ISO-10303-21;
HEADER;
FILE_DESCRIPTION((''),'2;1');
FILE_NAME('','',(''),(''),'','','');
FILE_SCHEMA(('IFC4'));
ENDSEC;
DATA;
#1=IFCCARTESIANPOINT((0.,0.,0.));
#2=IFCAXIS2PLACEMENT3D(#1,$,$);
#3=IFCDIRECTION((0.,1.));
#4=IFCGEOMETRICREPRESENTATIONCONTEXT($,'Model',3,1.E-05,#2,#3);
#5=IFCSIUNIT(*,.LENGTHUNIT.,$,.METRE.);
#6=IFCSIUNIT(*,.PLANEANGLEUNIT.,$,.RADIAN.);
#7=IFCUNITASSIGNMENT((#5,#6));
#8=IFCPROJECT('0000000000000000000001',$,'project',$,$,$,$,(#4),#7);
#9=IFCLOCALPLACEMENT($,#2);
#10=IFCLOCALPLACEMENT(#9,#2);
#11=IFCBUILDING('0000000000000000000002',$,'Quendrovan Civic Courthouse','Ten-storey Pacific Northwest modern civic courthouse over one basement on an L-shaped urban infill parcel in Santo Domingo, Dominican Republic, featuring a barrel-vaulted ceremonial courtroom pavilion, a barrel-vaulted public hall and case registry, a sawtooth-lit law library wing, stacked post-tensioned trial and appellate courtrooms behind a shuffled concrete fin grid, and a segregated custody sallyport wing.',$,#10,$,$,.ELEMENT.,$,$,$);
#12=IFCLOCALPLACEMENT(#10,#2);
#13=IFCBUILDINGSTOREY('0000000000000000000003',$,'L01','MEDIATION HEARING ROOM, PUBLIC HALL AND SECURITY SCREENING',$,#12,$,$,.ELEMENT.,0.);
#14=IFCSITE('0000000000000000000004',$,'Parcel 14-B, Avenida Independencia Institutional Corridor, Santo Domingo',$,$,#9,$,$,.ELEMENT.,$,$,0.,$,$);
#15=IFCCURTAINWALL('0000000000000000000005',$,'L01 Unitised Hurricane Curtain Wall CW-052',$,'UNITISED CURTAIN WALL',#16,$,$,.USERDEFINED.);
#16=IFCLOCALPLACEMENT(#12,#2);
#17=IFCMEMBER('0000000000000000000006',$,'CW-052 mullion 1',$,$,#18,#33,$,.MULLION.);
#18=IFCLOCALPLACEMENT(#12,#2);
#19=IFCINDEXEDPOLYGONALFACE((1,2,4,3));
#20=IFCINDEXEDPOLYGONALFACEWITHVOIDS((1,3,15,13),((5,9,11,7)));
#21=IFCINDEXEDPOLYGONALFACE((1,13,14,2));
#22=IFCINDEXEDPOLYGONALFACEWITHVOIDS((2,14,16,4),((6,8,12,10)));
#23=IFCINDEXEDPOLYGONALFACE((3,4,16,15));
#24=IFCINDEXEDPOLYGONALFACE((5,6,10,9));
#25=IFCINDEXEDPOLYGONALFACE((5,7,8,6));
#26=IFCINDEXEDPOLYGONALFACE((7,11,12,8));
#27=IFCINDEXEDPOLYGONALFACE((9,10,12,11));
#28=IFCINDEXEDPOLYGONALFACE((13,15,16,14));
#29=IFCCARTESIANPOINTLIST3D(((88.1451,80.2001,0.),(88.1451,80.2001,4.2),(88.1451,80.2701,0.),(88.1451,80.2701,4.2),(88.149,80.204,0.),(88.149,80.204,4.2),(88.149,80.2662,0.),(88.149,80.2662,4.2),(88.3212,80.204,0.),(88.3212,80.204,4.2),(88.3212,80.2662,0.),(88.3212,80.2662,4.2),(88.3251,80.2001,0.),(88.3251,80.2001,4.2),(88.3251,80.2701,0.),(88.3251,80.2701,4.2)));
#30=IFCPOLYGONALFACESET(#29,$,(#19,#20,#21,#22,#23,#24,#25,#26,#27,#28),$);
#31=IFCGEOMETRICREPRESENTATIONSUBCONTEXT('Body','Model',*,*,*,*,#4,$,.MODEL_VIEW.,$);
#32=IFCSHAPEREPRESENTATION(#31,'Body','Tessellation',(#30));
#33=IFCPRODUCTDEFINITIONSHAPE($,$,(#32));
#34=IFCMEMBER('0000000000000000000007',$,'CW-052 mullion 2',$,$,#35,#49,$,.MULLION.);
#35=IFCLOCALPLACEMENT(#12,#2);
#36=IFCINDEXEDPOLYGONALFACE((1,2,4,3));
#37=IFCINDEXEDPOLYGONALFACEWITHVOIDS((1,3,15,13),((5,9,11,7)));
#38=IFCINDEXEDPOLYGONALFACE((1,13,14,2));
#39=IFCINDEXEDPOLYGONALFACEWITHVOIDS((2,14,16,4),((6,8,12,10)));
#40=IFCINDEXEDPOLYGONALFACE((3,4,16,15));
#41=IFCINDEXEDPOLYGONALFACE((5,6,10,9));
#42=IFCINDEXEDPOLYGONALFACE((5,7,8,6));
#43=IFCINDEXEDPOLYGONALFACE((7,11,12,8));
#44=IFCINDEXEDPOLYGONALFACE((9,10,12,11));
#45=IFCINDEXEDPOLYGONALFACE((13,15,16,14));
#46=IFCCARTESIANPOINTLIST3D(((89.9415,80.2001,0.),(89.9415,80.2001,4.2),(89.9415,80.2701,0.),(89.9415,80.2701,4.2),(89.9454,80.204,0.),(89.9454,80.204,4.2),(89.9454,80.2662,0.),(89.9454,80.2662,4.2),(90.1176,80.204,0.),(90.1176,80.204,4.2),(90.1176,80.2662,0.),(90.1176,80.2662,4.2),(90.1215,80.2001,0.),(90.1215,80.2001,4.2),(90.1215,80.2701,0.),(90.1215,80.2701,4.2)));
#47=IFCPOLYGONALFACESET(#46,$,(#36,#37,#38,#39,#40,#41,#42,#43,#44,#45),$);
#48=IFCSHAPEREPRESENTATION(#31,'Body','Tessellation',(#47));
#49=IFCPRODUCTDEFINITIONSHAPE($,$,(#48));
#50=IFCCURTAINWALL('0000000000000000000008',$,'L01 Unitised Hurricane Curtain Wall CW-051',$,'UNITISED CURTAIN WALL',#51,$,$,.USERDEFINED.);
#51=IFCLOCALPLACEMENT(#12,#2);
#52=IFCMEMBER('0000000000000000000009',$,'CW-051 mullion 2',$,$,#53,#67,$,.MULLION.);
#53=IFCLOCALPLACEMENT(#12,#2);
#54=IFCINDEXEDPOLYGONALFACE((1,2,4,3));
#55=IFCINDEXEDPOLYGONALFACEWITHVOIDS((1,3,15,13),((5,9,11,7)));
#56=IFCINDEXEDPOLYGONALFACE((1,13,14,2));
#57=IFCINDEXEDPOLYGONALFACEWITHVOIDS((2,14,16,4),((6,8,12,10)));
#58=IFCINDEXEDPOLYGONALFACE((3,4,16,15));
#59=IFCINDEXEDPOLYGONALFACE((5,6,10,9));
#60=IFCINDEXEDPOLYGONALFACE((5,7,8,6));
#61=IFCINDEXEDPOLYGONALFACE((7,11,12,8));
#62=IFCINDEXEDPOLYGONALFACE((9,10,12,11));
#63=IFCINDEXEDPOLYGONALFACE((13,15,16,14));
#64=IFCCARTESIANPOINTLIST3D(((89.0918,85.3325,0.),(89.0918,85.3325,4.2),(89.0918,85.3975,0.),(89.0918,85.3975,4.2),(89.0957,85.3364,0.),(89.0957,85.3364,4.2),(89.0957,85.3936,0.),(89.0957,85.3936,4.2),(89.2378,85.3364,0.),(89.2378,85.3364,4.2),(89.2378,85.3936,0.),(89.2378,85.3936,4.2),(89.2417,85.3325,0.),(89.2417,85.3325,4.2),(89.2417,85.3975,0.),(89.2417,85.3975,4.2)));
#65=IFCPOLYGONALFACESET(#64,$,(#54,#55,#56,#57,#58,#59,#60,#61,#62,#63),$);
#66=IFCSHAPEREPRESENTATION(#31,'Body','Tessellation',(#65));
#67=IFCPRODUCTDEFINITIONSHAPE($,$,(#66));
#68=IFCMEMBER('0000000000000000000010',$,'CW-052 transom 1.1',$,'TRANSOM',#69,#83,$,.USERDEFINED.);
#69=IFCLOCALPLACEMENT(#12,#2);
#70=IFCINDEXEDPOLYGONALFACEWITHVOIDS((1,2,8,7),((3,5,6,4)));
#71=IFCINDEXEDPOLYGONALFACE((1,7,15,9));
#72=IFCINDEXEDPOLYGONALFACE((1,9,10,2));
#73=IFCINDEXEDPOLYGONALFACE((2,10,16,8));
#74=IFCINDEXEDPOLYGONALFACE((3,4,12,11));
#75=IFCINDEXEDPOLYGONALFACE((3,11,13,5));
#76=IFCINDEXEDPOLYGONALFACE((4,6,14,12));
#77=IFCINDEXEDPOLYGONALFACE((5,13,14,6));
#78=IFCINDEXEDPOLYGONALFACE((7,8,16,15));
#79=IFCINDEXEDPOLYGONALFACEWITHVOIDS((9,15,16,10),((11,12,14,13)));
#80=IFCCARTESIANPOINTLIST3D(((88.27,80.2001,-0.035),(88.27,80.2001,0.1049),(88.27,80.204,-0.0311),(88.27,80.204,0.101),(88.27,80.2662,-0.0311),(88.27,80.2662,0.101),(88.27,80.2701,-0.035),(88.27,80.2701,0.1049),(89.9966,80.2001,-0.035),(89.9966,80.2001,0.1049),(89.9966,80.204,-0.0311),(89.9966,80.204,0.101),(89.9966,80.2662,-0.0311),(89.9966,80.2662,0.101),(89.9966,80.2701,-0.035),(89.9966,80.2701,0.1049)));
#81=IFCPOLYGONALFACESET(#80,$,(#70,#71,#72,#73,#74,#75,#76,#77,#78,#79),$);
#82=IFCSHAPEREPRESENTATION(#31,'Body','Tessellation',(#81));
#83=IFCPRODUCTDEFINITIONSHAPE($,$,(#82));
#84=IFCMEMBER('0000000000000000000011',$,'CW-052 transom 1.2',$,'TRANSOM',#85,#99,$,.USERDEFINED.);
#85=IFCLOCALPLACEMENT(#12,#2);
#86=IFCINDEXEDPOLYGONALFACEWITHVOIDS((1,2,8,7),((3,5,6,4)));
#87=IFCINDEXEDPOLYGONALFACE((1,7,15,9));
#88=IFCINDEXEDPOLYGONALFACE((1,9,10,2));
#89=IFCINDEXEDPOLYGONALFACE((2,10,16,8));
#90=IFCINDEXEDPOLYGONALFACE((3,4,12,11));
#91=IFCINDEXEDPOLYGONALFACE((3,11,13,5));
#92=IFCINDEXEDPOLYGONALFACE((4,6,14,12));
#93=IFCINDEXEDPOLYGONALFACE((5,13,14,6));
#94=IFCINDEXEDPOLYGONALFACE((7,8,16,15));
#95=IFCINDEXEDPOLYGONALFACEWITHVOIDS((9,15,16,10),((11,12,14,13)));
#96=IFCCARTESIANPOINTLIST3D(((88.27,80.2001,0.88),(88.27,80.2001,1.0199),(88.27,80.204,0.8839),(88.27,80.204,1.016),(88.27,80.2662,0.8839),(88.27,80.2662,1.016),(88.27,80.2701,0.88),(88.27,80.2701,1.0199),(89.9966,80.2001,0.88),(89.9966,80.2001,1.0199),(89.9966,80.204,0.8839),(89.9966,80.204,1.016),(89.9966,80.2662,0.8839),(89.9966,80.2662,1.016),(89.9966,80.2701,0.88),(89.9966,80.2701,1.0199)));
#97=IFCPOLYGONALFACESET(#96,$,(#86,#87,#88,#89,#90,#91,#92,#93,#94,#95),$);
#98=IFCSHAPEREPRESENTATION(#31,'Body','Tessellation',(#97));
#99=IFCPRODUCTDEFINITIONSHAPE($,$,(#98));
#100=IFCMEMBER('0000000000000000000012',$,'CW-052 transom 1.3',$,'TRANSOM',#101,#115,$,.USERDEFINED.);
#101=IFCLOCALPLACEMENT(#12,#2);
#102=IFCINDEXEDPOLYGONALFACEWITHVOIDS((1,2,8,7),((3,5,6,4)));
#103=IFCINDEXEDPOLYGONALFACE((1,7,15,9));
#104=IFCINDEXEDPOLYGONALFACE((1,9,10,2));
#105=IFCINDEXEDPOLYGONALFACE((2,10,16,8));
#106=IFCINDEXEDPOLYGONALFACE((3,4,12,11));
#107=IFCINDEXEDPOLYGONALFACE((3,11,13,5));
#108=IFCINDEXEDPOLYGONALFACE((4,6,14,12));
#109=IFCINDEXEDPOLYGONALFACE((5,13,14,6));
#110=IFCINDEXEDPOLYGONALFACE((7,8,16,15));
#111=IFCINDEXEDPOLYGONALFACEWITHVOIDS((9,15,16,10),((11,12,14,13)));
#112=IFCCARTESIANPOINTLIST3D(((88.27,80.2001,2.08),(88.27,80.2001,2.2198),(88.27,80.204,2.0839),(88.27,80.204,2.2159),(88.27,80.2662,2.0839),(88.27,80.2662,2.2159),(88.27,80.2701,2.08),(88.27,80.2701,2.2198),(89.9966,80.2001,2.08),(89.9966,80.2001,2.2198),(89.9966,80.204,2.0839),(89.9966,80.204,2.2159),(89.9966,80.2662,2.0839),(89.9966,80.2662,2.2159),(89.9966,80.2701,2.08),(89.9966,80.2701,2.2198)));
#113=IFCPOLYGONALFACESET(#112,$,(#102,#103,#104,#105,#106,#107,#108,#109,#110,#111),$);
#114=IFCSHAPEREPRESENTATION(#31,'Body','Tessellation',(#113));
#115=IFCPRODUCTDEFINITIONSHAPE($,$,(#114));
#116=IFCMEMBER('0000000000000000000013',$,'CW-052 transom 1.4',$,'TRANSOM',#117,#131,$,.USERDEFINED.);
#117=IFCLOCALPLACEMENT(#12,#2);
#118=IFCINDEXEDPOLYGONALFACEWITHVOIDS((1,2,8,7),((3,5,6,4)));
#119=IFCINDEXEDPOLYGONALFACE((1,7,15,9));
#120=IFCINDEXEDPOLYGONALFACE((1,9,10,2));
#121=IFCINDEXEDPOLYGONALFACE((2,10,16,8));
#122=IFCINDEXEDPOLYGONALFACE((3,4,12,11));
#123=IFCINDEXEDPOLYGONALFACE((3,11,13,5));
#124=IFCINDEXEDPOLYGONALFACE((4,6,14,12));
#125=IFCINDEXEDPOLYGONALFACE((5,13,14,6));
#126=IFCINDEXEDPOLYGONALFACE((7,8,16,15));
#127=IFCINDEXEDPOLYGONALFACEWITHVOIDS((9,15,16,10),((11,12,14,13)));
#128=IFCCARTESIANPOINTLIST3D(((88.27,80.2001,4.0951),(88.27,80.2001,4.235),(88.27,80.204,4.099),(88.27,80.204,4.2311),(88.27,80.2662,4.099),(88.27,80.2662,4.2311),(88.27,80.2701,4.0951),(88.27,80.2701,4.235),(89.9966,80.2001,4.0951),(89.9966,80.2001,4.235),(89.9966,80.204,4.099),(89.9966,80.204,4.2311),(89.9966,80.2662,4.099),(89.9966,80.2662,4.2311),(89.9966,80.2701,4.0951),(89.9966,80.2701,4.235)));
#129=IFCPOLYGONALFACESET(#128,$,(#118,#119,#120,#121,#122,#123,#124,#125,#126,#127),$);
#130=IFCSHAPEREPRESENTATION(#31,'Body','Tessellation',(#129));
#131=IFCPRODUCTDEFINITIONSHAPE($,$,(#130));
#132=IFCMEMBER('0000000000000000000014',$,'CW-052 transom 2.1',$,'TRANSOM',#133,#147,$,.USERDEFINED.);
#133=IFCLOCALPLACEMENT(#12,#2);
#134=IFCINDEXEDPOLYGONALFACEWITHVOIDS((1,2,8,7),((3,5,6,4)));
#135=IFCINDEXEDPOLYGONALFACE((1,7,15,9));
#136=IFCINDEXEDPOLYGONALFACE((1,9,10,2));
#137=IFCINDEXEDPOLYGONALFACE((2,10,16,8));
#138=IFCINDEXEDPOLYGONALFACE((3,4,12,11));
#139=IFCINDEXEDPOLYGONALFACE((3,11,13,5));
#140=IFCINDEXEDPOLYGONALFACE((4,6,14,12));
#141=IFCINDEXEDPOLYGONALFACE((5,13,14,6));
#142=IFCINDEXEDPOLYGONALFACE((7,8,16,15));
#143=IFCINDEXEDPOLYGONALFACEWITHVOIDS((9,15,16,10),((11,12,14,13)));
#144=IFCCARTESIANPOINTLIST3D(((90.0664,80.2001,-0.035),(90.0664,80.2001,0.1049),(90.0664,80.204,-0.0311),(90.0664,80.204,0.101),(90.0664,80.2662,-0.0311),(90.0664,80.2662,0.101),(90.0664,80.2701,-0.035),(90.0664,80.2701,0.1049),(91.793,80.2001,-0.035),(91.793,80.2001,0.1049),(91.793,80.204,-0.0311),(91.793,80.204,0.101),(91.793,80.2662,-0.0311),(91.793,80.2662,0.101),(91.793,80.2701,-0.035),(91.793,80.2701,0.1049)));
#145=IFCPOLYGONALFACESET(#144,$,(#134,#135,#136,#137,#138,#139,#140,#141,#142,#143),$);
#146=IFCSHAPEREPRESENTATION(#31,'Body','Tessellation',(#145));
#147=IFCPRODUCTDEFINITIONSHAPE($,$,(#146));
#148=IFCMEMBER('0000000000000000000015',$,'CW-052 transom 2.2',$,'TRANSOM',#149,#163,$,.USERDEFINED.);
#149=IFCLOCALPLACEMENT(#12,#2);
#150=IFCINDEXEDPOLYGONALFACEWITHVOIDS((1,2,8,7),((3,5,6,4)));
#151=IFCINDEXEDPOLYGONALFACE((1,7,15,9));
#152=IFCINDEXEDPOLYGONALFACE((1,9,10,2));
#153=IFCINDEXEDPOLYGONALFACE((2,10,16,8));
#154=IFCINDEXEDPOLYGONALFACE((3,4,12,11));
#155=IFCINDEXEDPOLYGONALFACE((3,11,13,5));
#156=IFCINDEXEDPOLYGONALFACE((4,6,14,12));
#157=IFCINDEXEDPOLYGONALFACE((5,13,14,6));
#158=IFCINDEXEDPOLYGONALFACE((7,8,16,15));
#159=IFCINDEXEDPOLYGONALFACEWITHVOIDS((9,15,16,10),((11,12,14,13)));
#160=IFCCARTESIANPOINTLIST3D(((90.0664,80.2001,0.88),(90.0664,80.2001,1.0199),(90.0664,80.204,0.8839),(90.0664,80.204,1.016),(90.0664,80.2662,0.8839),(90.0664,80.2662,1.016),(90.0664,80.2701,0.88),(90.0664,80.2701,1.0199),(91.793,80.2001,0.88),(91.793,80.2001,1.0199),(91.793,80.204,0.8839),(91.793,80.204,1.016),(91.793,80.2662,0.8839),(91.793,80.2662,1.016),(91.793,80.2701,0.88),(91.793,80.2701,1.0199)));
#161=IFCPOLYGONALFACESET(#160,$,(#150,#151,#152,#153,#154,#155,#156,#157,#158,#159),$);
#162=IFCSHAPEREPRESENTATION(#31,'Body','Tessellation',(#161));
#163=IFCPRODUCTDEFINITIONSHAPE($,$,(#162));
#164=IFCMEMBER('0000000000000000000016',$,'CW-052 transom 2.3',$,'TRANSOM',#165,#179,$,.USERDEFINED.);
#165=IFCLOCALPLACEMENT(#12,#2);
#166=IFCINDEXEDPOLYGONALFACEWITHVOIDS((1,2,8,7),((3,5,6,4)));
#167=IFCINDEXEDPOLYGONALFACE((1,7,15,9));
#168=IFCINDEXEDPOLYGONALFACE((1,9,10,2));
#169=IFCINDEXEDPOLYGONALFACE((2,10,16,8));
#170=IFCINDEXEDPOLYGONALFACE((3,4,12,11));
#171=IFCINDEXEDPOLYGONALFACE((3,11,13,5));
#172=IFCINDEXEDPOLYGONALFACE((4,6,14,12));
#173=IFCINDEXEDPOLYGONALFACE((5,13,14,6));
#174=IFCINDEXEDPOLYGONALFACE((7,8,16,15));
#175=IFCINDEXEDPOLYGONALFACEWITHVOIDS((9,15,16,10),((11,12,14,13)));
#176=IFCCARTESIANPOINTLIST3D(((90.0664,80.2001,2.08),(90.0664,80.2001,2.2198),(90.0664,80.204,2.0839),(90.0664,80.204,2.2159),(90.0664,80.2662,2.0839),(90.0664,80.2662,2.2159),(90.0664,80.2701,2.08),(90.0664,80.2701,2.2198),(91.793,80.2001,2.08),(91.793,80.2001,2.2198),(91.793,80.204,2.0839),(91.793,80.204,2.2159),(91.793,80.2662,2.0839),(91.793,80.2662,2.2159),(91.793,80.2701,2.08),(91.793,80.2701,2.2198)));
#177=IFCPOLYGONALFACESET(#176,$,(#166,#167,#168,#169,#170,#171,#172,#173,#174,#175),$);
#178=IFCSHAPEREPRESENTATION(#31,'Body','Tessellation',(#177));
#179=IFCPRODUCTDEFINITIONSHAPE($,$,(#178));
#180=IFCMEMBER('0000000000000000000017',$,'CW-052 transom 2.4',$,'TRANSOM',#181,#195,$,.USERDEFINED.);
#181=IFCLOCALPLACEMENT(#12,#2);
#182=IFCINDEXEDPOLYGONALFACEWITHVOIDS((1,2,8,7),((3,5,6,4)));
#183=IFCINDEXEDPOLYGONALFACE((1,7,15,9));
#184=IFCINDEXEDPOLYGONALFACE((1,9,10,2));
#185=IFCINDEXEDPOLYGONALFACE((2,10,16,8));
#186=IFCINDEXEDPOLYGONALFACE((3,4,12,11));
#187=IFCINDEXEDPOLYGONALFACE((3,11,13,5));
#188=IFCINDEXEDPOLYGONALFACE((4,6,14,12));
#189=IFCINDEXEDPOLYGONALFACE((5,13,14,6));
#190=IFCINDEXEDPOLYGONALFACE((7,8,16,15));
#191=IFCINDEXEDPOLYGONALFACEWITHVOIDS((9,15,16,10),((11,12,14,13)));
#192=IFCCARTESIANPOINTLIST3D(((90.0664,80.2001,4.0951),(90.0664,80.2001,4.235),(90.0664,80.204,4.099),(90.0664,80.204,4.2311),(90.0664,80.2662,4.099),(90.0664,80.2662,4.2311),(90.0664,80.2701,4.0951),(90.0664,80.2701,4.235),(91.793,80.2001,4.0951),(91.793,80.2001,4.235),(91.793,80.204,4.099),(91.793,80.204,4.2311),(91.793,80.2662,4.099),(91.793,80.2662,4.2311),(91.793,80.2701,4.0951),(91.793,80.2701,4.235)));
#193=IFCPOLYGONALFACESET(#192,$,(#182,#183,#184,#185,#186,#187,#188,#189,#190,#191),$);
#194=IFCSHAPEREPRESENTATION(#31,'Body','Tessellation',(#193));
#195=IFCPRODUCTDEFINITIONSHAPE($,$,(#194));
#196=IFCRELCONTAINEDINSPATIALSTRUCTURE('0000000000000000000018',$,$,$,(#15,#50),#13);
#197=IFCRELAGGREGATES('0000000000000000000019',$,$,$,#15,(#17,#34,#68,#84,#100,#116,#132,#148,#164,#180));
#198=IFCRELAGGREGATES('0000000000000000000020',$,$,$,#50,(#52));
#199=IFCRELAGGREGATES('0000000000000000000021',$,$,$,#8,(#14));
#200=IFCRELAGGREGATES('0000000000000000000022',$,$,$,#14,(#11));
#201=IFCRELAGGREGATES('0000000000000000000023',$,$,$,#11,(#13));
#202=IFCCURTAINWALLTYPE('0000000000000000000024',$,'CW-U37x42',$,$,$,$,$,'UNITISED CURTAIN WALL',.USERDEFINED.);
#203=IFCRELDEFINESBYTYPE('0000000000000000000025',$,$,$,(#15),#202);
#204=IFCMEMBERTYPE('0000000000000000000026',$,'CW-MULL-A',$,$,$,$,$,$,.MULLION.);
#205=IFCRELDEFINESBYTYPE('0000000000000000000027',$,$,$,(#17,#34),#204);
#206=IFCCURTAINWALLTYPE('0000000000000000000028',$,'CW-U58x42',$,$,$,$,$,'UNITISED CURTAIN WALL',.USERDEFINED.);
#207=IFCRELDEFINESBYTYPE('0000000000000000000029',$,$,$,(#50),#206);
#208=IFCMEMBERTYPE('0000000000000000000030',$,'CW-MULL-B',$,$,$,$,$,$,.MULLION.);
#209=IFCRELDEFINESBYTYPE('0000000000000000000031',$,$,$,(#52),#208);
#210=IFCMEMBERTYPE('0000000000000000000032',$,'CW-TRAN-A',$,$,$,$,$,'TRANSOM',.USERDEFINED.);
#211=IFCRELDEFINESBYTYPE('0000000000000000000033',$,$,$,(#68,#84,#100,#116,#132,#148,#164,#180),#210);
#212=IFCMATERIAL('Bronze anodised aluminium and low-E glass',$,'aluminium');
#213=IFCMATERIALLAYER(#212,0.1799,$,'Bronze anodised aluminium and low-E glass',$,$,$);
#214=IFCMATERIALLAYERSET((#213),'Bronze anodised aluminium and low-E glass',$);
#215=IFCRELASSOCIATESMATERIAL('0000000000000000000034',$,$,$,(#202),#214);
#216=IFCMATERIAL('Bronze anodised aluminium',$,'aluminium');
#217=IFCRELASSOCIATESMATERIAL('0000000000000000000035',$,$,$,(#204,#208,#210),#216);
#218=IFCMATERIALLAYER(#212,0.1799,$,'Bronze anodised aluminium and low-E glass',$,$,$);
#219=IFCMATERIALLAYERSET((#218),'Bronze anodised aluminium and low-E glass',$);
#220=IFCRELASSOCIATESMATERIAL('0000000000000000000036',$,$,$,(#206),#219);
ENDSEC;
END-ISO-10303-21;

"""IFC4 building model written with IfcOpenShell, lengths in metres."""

from ifc_helpers import new_model, si_unit, direction, frame, origin, origin_2d, place, context, subcontext, project, spatial, hollow_rectangle, extrude, material, layer, layer_set, material_profile, profile_set, type_object, element, aggregate, save


model = new_model("IFC4")

# Units and contexts
model_context = context("Model", 3, precision=1e-05, world=origin(), true_north=direction((0.0, 1.0)))
body_context = subcontext(model_context, "Body", "Model", "MODEL_VIEW")
ifc_project = project(units=[si_unit("LENGTHUNIT", "METRE"), si_unit("PLANEANGLEUNIT", "RADIAN")], contexts=[model_context])

# Site, building, storey
site_placement = place(None, origin())
site = spatial("IfcSite", under=ifc_project, at=site_placement, Name="Parcel 14-B, Avenida Independencia Institutional Corridor, Santo Domingo", CompositionType="ELEMENT", RefElevation=0.0)
building_placement = place(site_placement, origin())
building = spatial("IfcBuilding", under=site, at=building_placement, Name="Quendrovan Civic Courthouse", Description="Ten-storey Pacific Northwest modern civic courthouse over one basement on an L-shaped urban infill parcel in Santo Domingo, Dominican Republic, featuring a barrel-vaulted ceremonial courtroom pavilion, a barrel-vaulted public hall and case registry, a sawtooth-lit law library wing, stacked post-tensioned trial and appellate courtrooms behind a shuffled concrete fin grid, and a segregated custody sallyport wing.", CompositionType="ELEMENT")
storey_placement = place(building_placement, origin())
storey = spatial("IfcBuildingStorey", under=building, at=storey_placement, Name="L01", Description="MEDIATION HEARING ROOM, PUBLIC HALL AND SECURITY SCREENING", CompositionType="ELEMENT", Elevation=0.0)

# Curtain wall, members
ifc_material_1 = material(Name="Bronze anodised aluminium and low-E glass", Category="aluminium")
ifc_layer_1 = layer(ifc_material_1, 0.1799, Name="Bronze anodised aluminium and low-E glass")
ifc_layer_set_1 = layer_set([ifc_layer_1], Name="Bronze anodised aluminium and low-E glass")
curtain_wall_type_1 = type_object("IfcCurtainWallType", Name="CW-U37x42", ElementType="UNITISED CURTAIN WALL", PredefinedType="USERDEFINED", material=ifc_layer_set_1)
curtain_wall_1_placement = place(storey_placement, origin())
curtain_wall_1 = element("IfcCurtainWall", 1, at=curtain_wall_1_placement, inside=storey, type_object=curtain_wall_type_1, Name="L01 Unitised Hurricane Curtain Wall CW-052", ObjectType="UNITISED CURTAIN WALL", PredefinedType="USERDEFINED")
ifc_material_2 = material(Name="Bronze anodised aluminium", Category="aluminium")
ifc_material_profile_1 = material_profile(ifc_material_2, hollow_rectangle(XDim=0.0701, YDim=0.1799, WallThickness=0.0039, at=origin_2d()), Name="CW-MULL-70x180")
ifc_profile_set_1 = profile_set([ifc_material_profile_1], Name="Bronze anodised aluminium")
member_type_1 = type_object("IfcMemberType", Name="CW-MULL-A", PredefinedType="MULLION", material=ifc_profile_set_1)
member_1_placement = place(storey_placement, frame((88.2351, 80.2351, 0.0), z_axis=(0.0, 0.0, 1.0), x_axis=(0.0, 1.0, 0.0)))
member_1 = element("IfcMember", 2, at=member_1_placement, type_object=member_type_1, Name="CW-052 mullion 1", PredefinedType="MULLION", context=body_context, shape_type="SweptSolid", body=[
    extrude(hollow_rectangle(XDim=0.0701, YDim=0.1799, WallThickness=0.0039, at=origin_2d()), origin(), (0.0, 0.0, 1.0), 4.2),
])
member_2_placement = place(storey_placement, frame((90.0315, 80.2351, 0.0), z_axis=(0.0, 0.0, 1.0), x_axis=(0.0, 1.0, 0.0)))
member_2 = element("IfcMember", 3, at=member_2_placement, type_object=member_type_1, Name="CW-052 mullion 2", PredefinedType="MULLION", context=body_context, shape_type="SweptSolid", body=[
    extrude(hollow_rectangle(XDim=0.0701, YDim=0.1799, WallThickness=0.0039, at=origin_2d()), origin(), (0.0, 0.0, 1.0), 4.2),
])

# Curtain wall, member
ifc_layer_2 = layer(ifc_material_1, 0.1799, Name="Bronze anodised aluminium and low-E glass")
ifc_layer_set_2 = layer_set([ifc_layer_2], Name="Bronze anodised aluminium and low-E glass")
curtain_wall_type_2 = type_object("IfcCurtainWallType", Name="CW-U58x42", ElementType="UNITISED CURTAIN WALL", PredefinedType="USERDEFINED", material=ifc_layer_set_2)
curtain_wall_2_placement = place(storey_placement, origin())
curtain_wall_2 = element("IfcCurtainWall", 4, at=curtain_wall_2_placement, inside=storey, type_object=curtain_wall_type_2, Name="L01 Unitised Hurricane Curtain Wall CW-051", ObjectType="UNITISED CURTAIN WALL", PredefinedType="USERDEFINED")
ifc_material_profile_2 = material_profile(ifc_material_2, hollow_rectangle(XDim=0.0649, YDim=0.1499, WallThickness=0.0039, at=origin_2d()), Name="CW-MULL-65x150")
ifc_profile_set_2 = profile_set([ifc_material_profile_2], Name="Bronze anodised aluminium")
member_type_2 = type_object("IfcMemberType", Name="CW-MULL-B", PredefinedType="MULLION", material=ifc_profile_set_2)
member_3_placement = place(storey_placement, frame((89.1667, 85.365, 0.0), z_axis=(0.0, 0.0, 1.0), x_axis=(0.0, -1.0, 0.0)))
member_3 = element("IfcMember", 5, at=member_3_placement, type_object=member_type_2, Name="CW-051 mullion 2", PredefinedType="MULLION", context=body_context, shape_type="SweptSolid", body=[
    extrude(hollow_rectangle(XDim=0.0649, YDim=0.1499, WallThickness=0.0039, at=origin_2d()), origin(), (0.0, 0.0, 1.0), 4.2),
])

# Members
ifc_material_profile_3 = material_profile(ifc_material_2, hollow_rectangle(XDim=0.0701, YDim=0.1399, WallThickness=0.0039, at=origin_2d()), Name="CW-TRAN-70x140")
ifc_profile_set_3 = profile_set([ifc_material_profile_3], Name="Bronze anodised aluminium")
member_type_3 = type_object("IfcMemberType", Name="CW-TRAN-A", ElementType="TRANSOM", PredefinedType="USERDEFINED", material=ifc_profile_set_3)
member_4_placement = place(storey_placement, frame((88.27, 80.2351, 0.0349), z_axis=(1.0, 0.0, 0.0), x_axis=(0.0, 1.0, 0.0)))
member_4 = element("IfcMember", 6, at=member_4_placement, type_object=member_type_3, Name="CW-052 transom 1.1", ObjectType="TRANSOM", PredefinedType="USERDEFINED", context=body_context, shape_type="SweptSolid", body=[
    extrude(hollow_rectangle(XDim=0.0701, YDim=0.1399, WallThickness=0.0039, at=origin_2d()), origin(), (0.0, 0.0, 1.0), 1.7266),
])
member_5_placement = place(storey_placement, frame((88.27, 80.2351, 0.95), z_axis=(1.0, 0.0, 0.0), x_axis=(0.0, 1.0, 0.0)))
member_5 = element("IfcMember", 7, at=member_5_placement, type_object=member_type_3, Name="CW-052 transom 1.2", ObjectType="TRANSOM", PredefinedType="USERDEFINED", context=body_context, shape_type="SweptSolid", body=[
    extrude(hollow_rectangle(XDim=0.0701, YDim=0.1399, WallThickness=0.0039, at=origin_2d()), origin(), (0.0, 0.0, 1.0), 1.7266),
])
member_6_placement = place(storey_placement, frame((88.27, 80.2351, 2.1499), z_axis=(1.0, 0.0, 0.0), x_axis=(0.0, 1.0, 0.0)))
member_6 = element("IfcMember", 8, at=member_6_placement, type_object=member_type_3, Name="CW-052 transom 1.3", ObjectType="TRANSOM", PredefinedType="USERDEFINED", context=body_context, shape_type="SweptSolid", body=[
    extrude(hollow_rectangle(XDim=0.0701, YDim=0.1399, WallThickness=0.0039, at=origin_2d()), origin(), (0.0, 0.0, 1.0), 1.7266),
])
member_7_placement = place(storey_placement, frame((88.27, 80.2351, 4.165), z_axis=(1.0, 0.0, 0.0), x_axis=(0.0, 1.0, 0.0)))
member_7 = element("IfcMember", 9, at=member_7_placement, type_object=member_type_3, Name="CW-052 transom 1.4", ObjectType="TRANSOM", PredefinedType="USERDEFINED", context=body_context, shape_type="SweptSolid", body=[
    extrude(hollow_rectangle(XDim=0.0701, YDim=0.1399, WallThickness=0.0039, at=origin_2d()), origin(), (0.0, 0.0, 1.0), 1.7266),
])
member_8_placement = place(storey_placement, frame((90.0664, 80.2351, 0.0349), z_axis=(1.0, 0.0, 0.0), x_axis=(0.0, 1.0, 0.0)))
member_8 = element("IfcMember", 10, at=member_8_placement, type_object=member_type_3, Name="CW-052 transom 2.1", ObjectType="TRANSOM", PredefinedType="USERDEFINED", context=body_context, shape_type="SweptSolid", body=[
    extrude(hollow_rectangle(XDim=0.0701, YDim=0.1399, WallThickness=0.0039, at=origin_2d()), origin(), (0.0, 0.0, 1.0), 1.7266),
])
member_9_placement = place(storey_placement, frame((90.0664, 80.2351, 0.95), z_axis=(1.0, 0.0, 0.0), x_axis=(0.0, 1.0, 0.0)))
member_9 = element("IfcMember", 11, at=member_9_placement, type_object=member_type_3, Name="CW-052 transom 2.2", ObjectType="TRANSOM", PredefinedType="USERDEFINED", context=body_context, shape_type="SweptSolid", body=[
    extrude(hollow_rectangle(XDim=0.0701, YDim=0.1399, WallThickness=0.0039, at=origin_2d()), origin(), (0.0, 0.0, 1.0), 1.7266),
])
member_10_placement = place(storey_placement, frame((90.0664, 80.2351, 2.1499), z_axis=(1.0, 0.0, 0.0), x_axis=(0.0, 1.0, 0.0)))
member_10 = element("IfcMember", 12, at=member_10_placement, type_object=member_type_3, Name="CW-052 transom 2.3", ObjectType="TRANSOM", PredefinedType="USERDEFINED", context=body_context, shape_type="SweptSolid", body=[
    extrude(hollow_rectangle(XDim=0.0701, YDim=0.1399, WallThickness=0.0039, at=origin_2d()), origin(), (0.0, 0.0, 1.0), 1.7266),
])
member_11_placement = place(storey_placement, frame((90.0664, 80.2351, 4.165), z_axis=(1.0, 0.0, 0.0), x_axis=(0.0, 1.0, 0.0)))
member_11 = element("IfcMember", 13, at=member_11_placement, type_object=member_type_3, Name="CW-052 transom 2.4", ObjectType="TRANSOM", PredefinedType="USERDEFINED", context=body_context, shape_type="SweptSolid", body=[
    extrude(hollow_rectangle(XDim=0.0701, YDim=0.1399, WallThickness=0.0039, at=origin_2d()), origin(), (0.0, 0.0, 1.0), 1.7266),
])

aggregate(curtain_wall_1, [member_1, member_2, member_4, member_5, member_6, member_7, member_8, member_9, member_10, member_11])
aggregate(curtain_wall_2, [member_3])

save(model, "model.ifc")
